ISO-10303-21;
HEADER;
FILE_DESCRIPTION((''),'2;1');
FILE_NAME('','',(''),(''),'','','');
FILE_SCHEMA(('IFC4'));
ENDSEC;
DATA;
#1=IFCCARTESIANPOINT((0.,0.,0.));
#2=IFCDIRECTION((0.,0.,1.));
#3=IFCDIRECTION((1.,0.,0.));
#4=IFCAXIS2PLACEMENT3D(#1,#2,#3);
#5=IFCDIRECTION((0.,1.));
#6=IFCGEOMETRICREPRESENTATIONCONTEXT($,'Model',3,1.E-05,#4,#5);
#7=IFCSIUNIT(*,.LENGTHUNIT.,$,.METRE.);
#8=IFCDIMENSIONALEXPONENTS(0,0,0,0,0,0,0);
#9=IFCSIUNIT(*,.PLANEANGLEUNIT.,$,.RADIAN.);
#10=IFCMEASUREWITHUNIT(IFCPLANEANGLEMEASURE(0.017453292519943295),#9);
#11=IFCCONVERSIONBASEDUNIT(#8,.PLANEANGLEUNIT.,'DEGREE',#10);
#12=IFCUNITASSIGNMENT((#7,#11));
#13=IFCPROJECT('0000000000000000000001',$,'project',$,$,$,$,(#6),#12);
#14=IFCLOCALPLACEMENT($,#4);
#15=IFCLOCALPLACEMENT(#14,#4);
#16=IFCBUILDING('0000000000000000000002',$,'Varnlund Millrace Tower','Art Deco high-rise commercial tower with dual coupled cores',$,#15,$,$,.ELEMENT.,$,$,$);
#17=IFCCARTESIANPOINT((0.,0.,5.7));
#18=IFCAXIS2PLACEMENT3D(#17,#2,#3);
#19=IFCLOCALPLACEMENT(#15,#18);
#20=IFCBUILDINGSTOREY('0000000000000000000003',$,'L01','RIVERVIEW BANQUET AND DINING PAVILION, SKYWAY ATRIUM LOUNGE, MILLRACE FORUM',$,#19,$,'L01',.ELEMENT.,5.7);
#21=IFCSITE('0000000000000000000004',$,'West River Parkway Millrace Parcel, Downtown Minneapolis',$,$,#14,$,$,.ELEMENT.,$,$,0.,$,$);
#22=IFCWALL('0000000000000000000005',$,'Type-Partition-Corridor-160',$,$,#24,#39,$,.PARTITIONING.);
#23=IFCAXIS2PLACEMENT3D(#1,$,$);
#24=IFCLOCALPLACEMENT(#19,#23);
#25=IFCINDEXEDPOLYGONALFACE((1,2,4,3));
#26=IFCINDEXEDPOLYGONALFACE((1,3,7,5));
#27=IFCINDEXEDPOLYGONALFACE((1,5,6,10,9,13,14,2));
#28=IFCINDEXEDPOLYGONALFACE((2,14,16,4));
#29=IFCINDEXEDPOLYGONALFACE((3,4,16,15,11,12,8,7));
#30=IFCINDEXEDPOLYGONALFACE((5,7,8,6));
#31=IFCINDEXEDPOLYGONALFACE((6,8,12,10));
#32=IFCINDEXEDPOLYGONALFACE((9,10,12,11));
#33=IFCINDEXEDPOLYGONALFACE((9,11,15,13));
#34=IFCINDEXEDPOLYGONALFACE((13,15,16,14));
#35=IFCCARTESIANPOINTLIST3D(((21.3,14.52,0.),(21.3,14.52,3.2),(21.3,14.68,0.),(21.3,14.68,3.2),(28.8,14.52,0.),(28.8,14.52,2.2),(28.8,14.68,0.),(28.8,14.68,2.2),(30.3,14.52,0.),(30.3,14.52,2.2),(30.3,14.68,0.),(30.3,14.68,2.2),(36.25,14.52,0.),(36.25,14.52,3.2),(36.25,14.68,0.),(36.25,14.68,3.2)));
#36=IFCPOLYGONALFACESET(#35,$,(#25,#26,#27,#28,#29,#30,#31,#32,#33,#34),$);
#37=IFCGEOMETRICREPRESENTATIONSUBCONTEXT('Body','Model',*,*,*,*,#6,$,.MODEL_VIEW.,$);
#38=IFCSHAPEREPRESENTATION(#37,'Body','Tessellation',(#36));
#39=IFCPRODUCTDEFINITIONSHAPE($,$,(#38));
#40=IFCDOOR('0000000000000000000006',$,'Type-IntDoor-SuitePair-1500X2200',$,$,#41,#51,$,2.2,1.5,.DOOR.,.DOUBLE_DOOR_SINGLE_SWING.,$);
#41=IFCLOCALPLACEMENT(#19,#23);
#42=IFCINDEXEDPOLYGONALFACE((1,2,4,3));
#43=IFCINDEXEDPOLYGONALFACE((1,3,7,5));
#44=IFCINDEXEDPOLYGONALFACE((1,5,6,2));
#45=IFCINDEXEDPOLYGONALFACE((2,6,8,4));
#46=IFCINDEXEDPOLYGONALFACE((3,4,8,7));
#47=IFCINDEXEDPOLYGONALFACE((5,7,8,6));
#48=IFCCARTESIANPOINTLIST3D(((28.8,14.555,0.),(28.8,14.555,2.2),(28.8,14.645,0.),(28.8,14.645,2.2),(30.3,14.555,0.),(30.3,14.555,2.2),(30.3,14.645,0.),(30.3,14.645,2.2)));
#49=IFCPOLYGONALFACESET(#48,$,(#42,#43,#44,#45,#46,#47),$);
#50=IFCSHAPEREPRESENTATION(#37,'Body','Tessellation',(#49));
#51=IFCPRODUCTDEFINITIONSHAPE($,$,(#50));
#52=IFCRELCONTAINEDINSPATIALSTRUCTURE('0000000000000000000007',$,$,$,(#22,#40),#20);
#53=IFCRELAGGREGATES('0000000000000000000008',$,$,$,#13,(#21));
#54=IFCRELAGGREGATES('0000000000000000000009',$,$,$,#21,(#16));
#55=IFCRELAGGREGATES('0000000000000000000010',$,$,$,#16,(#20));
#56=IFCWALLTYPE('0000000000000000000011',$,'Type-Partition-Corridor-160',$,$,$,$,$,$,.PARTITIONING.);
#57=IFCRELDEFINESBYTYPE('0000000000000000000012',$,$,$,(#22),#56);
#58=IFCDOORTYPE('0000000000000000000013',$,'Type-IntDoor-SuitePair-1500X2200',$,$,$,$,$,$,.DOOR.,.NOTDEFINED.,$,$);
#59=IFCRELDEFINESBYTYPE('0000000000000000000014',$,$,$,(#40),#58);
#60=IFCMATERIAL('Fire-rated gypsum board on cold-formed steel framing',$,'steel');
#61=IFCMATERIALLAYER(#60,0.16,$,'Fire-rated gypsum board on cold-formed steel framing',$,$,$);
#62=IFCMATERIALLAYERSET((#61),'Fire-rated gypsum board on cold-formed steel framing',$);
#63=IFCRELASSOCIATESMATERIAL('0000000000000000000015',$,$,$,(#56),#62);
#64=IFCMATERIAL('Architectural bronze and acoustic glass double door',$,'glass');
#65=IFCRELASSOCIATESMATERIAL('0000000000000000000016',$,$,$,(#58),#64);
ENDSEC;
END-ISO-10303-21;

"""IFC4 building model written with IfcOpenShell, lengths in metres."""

from ifc_helpers import new_model, entity, si_unit, converted_unit, direction, frame, origin_with_axes, origin_2d_with_axis, place, context, subcontext, project, spatial, polyline, rectangle, outline, extrude, material, layer, layer_set, type_object, element, fill, save


model = new_model("IFC4")

# Units and contexts
model_context = context("Model", 3, precision=1e-05, world=origin_with_axes(), true_north=direction((0.0, 1.0)))
body_context = subcontext(model_context, "Body", "Model", "MODEL_VIEW")
ifc_project = project(units=[si_unit("LENGTHUNIT", "METRE"), converted_unit("PLANEANGLEUNIT", "DEGREE", entity("IfcPlaneAngleMeasure", 0.017453292519943295), si_unit("PLANEANGLEUNIT", "RADIAN"), dimensions=[0, 0, 0, 0, 0, 0, 0])], contexts=[model_context])

# Site, building, storey
site_placement = place(None, origin_with_axes())
site = spatial("IfcSite", under=ifc_project, at=site_placement, Name="West River Parkway Millrace Parcel, Downtown Minneapolis", CompositionType="ELEMENT", RefElevation=0.0)
building_placement = place(site_placement, origin_with_axes())
building = spatial("IfcBuilding", under=site, at=building_placement, Name="Varnlund Millrace Tower", Description="Art Deco high-rise commercial tower with dual coupled cores", CompositionType="ELEMENT")
storey_placement = place(building_placement, frame((0.0, 0.0, 5.7), z_axis=(0.0, 0.0, 1.0), x_axis=(1.0, 0.0, 0.0)))
storey = spatial("IfcBuildingStorey", under=building, at=storey_placement, Name="L01", Description="RIVERVIEW BANQUET AND DINING PAVILION, SKYWAY ATRIUM LOUNGE, MILLRACE FORUM", LongName="L01", CompositionType="ELEMENT", Elevation=5.7)

# Shared definitions
ifc_material_1 = material(Name="Fire-rated gypsum board on cold-formed steel framing", Category="steel")
ifc_layer = layer(ifc_material_1, 0.16, Name="Fire-rated gypsum board on cold-formed steel framing")
ifc_layer_set = layer_set([ifc_layer], Name="Fire-rated gypsum board on cold-formed steel framing")
wall_type = type_object("IfcWallType", Name="Type-Partition-Corridor-160", PredefinedType="PARTITIONING", material=ifc_layer_set)
ifc_material_2 = material(Name="Architectural bronze and acoustic glass double door", Category="glass")
door_type_1 = type_object("IfcDoorType", Name="Type-IntDoor-SuitePair-1500X2200", OperationType="NOTDEFINED", PredefinedType="DOOR", material=ifc_material_2)

# Wall, opening, door
wall_1_placement = place(storey_placement, frame((21.3, 14.6, 0.0), z_axis=(0.0, 0.0, 1.0), x_axis=(1.0, 0.0, 0.0)))
wall_1 = element("IfcWall", 1, at=wall_1_placement, inside=storey, type_object=wall_type, Name="Type-Partition-Corridor-160", PredefinedType="PARTITIONING", context=body_context, shape_type="SweptSolid", body=[
    extrude(outline(polyline([(0.0, -0.08), (14.95, -0.08), (14.95, 0.08), (0.0, 0.08), (0.0, -0.08)])), origin_with_axes(), (0.0, 0.0, 1.0), 3.2),
])
opening_1_placement = place(wall_1_placement, frame((8.25, 0.0, 0.0), z_axis=(0.0, 0.0, 1.0), x_axis=(1.0, 0.0, 0.0)))
opening_1 = element("IfcOpeningElement", 2, at=opening_1_placement, cuts=wall_1, PredefinedType="OPENING", context=body_context, shape_type="SweptSolid", body=[
    extrude(rectangle(XDim=1.5, YDim=0.18, at=origin_2d_with_axis()), origin_with_axes(), (0.0, 0.0, 1.0), 2.2),
])
door_1_placement = place(wall_1_placement, frame((8.25, 0.0, 0.0), z_axis=(0.0, 0.0, 1.0), x_axis=(1.0, 0.0, 0.0)))
door_1 = element("IfcDoor", 3, at=door_1_placement, inside=storey, type_object=door_type_1, Name="Type-IntDoor-SuitePair-1500X2200", OperationType="DOUBLE_DOOR_SINGLE_SWING", OverallHeight=2.2, OverallWidth=1.5, PredefinedType="DOOR", context=body_context, shape_type="SweptSolid", body=[
    extrude(rectangle(XDim=1.5, YDim=0.09, at=origin_2d_with_axis()), origin_with_axes(), (0.0, 0.0, 1.0), 2.2),
])
fill(opening_1, door_1)

save(model, "model.ifc")
